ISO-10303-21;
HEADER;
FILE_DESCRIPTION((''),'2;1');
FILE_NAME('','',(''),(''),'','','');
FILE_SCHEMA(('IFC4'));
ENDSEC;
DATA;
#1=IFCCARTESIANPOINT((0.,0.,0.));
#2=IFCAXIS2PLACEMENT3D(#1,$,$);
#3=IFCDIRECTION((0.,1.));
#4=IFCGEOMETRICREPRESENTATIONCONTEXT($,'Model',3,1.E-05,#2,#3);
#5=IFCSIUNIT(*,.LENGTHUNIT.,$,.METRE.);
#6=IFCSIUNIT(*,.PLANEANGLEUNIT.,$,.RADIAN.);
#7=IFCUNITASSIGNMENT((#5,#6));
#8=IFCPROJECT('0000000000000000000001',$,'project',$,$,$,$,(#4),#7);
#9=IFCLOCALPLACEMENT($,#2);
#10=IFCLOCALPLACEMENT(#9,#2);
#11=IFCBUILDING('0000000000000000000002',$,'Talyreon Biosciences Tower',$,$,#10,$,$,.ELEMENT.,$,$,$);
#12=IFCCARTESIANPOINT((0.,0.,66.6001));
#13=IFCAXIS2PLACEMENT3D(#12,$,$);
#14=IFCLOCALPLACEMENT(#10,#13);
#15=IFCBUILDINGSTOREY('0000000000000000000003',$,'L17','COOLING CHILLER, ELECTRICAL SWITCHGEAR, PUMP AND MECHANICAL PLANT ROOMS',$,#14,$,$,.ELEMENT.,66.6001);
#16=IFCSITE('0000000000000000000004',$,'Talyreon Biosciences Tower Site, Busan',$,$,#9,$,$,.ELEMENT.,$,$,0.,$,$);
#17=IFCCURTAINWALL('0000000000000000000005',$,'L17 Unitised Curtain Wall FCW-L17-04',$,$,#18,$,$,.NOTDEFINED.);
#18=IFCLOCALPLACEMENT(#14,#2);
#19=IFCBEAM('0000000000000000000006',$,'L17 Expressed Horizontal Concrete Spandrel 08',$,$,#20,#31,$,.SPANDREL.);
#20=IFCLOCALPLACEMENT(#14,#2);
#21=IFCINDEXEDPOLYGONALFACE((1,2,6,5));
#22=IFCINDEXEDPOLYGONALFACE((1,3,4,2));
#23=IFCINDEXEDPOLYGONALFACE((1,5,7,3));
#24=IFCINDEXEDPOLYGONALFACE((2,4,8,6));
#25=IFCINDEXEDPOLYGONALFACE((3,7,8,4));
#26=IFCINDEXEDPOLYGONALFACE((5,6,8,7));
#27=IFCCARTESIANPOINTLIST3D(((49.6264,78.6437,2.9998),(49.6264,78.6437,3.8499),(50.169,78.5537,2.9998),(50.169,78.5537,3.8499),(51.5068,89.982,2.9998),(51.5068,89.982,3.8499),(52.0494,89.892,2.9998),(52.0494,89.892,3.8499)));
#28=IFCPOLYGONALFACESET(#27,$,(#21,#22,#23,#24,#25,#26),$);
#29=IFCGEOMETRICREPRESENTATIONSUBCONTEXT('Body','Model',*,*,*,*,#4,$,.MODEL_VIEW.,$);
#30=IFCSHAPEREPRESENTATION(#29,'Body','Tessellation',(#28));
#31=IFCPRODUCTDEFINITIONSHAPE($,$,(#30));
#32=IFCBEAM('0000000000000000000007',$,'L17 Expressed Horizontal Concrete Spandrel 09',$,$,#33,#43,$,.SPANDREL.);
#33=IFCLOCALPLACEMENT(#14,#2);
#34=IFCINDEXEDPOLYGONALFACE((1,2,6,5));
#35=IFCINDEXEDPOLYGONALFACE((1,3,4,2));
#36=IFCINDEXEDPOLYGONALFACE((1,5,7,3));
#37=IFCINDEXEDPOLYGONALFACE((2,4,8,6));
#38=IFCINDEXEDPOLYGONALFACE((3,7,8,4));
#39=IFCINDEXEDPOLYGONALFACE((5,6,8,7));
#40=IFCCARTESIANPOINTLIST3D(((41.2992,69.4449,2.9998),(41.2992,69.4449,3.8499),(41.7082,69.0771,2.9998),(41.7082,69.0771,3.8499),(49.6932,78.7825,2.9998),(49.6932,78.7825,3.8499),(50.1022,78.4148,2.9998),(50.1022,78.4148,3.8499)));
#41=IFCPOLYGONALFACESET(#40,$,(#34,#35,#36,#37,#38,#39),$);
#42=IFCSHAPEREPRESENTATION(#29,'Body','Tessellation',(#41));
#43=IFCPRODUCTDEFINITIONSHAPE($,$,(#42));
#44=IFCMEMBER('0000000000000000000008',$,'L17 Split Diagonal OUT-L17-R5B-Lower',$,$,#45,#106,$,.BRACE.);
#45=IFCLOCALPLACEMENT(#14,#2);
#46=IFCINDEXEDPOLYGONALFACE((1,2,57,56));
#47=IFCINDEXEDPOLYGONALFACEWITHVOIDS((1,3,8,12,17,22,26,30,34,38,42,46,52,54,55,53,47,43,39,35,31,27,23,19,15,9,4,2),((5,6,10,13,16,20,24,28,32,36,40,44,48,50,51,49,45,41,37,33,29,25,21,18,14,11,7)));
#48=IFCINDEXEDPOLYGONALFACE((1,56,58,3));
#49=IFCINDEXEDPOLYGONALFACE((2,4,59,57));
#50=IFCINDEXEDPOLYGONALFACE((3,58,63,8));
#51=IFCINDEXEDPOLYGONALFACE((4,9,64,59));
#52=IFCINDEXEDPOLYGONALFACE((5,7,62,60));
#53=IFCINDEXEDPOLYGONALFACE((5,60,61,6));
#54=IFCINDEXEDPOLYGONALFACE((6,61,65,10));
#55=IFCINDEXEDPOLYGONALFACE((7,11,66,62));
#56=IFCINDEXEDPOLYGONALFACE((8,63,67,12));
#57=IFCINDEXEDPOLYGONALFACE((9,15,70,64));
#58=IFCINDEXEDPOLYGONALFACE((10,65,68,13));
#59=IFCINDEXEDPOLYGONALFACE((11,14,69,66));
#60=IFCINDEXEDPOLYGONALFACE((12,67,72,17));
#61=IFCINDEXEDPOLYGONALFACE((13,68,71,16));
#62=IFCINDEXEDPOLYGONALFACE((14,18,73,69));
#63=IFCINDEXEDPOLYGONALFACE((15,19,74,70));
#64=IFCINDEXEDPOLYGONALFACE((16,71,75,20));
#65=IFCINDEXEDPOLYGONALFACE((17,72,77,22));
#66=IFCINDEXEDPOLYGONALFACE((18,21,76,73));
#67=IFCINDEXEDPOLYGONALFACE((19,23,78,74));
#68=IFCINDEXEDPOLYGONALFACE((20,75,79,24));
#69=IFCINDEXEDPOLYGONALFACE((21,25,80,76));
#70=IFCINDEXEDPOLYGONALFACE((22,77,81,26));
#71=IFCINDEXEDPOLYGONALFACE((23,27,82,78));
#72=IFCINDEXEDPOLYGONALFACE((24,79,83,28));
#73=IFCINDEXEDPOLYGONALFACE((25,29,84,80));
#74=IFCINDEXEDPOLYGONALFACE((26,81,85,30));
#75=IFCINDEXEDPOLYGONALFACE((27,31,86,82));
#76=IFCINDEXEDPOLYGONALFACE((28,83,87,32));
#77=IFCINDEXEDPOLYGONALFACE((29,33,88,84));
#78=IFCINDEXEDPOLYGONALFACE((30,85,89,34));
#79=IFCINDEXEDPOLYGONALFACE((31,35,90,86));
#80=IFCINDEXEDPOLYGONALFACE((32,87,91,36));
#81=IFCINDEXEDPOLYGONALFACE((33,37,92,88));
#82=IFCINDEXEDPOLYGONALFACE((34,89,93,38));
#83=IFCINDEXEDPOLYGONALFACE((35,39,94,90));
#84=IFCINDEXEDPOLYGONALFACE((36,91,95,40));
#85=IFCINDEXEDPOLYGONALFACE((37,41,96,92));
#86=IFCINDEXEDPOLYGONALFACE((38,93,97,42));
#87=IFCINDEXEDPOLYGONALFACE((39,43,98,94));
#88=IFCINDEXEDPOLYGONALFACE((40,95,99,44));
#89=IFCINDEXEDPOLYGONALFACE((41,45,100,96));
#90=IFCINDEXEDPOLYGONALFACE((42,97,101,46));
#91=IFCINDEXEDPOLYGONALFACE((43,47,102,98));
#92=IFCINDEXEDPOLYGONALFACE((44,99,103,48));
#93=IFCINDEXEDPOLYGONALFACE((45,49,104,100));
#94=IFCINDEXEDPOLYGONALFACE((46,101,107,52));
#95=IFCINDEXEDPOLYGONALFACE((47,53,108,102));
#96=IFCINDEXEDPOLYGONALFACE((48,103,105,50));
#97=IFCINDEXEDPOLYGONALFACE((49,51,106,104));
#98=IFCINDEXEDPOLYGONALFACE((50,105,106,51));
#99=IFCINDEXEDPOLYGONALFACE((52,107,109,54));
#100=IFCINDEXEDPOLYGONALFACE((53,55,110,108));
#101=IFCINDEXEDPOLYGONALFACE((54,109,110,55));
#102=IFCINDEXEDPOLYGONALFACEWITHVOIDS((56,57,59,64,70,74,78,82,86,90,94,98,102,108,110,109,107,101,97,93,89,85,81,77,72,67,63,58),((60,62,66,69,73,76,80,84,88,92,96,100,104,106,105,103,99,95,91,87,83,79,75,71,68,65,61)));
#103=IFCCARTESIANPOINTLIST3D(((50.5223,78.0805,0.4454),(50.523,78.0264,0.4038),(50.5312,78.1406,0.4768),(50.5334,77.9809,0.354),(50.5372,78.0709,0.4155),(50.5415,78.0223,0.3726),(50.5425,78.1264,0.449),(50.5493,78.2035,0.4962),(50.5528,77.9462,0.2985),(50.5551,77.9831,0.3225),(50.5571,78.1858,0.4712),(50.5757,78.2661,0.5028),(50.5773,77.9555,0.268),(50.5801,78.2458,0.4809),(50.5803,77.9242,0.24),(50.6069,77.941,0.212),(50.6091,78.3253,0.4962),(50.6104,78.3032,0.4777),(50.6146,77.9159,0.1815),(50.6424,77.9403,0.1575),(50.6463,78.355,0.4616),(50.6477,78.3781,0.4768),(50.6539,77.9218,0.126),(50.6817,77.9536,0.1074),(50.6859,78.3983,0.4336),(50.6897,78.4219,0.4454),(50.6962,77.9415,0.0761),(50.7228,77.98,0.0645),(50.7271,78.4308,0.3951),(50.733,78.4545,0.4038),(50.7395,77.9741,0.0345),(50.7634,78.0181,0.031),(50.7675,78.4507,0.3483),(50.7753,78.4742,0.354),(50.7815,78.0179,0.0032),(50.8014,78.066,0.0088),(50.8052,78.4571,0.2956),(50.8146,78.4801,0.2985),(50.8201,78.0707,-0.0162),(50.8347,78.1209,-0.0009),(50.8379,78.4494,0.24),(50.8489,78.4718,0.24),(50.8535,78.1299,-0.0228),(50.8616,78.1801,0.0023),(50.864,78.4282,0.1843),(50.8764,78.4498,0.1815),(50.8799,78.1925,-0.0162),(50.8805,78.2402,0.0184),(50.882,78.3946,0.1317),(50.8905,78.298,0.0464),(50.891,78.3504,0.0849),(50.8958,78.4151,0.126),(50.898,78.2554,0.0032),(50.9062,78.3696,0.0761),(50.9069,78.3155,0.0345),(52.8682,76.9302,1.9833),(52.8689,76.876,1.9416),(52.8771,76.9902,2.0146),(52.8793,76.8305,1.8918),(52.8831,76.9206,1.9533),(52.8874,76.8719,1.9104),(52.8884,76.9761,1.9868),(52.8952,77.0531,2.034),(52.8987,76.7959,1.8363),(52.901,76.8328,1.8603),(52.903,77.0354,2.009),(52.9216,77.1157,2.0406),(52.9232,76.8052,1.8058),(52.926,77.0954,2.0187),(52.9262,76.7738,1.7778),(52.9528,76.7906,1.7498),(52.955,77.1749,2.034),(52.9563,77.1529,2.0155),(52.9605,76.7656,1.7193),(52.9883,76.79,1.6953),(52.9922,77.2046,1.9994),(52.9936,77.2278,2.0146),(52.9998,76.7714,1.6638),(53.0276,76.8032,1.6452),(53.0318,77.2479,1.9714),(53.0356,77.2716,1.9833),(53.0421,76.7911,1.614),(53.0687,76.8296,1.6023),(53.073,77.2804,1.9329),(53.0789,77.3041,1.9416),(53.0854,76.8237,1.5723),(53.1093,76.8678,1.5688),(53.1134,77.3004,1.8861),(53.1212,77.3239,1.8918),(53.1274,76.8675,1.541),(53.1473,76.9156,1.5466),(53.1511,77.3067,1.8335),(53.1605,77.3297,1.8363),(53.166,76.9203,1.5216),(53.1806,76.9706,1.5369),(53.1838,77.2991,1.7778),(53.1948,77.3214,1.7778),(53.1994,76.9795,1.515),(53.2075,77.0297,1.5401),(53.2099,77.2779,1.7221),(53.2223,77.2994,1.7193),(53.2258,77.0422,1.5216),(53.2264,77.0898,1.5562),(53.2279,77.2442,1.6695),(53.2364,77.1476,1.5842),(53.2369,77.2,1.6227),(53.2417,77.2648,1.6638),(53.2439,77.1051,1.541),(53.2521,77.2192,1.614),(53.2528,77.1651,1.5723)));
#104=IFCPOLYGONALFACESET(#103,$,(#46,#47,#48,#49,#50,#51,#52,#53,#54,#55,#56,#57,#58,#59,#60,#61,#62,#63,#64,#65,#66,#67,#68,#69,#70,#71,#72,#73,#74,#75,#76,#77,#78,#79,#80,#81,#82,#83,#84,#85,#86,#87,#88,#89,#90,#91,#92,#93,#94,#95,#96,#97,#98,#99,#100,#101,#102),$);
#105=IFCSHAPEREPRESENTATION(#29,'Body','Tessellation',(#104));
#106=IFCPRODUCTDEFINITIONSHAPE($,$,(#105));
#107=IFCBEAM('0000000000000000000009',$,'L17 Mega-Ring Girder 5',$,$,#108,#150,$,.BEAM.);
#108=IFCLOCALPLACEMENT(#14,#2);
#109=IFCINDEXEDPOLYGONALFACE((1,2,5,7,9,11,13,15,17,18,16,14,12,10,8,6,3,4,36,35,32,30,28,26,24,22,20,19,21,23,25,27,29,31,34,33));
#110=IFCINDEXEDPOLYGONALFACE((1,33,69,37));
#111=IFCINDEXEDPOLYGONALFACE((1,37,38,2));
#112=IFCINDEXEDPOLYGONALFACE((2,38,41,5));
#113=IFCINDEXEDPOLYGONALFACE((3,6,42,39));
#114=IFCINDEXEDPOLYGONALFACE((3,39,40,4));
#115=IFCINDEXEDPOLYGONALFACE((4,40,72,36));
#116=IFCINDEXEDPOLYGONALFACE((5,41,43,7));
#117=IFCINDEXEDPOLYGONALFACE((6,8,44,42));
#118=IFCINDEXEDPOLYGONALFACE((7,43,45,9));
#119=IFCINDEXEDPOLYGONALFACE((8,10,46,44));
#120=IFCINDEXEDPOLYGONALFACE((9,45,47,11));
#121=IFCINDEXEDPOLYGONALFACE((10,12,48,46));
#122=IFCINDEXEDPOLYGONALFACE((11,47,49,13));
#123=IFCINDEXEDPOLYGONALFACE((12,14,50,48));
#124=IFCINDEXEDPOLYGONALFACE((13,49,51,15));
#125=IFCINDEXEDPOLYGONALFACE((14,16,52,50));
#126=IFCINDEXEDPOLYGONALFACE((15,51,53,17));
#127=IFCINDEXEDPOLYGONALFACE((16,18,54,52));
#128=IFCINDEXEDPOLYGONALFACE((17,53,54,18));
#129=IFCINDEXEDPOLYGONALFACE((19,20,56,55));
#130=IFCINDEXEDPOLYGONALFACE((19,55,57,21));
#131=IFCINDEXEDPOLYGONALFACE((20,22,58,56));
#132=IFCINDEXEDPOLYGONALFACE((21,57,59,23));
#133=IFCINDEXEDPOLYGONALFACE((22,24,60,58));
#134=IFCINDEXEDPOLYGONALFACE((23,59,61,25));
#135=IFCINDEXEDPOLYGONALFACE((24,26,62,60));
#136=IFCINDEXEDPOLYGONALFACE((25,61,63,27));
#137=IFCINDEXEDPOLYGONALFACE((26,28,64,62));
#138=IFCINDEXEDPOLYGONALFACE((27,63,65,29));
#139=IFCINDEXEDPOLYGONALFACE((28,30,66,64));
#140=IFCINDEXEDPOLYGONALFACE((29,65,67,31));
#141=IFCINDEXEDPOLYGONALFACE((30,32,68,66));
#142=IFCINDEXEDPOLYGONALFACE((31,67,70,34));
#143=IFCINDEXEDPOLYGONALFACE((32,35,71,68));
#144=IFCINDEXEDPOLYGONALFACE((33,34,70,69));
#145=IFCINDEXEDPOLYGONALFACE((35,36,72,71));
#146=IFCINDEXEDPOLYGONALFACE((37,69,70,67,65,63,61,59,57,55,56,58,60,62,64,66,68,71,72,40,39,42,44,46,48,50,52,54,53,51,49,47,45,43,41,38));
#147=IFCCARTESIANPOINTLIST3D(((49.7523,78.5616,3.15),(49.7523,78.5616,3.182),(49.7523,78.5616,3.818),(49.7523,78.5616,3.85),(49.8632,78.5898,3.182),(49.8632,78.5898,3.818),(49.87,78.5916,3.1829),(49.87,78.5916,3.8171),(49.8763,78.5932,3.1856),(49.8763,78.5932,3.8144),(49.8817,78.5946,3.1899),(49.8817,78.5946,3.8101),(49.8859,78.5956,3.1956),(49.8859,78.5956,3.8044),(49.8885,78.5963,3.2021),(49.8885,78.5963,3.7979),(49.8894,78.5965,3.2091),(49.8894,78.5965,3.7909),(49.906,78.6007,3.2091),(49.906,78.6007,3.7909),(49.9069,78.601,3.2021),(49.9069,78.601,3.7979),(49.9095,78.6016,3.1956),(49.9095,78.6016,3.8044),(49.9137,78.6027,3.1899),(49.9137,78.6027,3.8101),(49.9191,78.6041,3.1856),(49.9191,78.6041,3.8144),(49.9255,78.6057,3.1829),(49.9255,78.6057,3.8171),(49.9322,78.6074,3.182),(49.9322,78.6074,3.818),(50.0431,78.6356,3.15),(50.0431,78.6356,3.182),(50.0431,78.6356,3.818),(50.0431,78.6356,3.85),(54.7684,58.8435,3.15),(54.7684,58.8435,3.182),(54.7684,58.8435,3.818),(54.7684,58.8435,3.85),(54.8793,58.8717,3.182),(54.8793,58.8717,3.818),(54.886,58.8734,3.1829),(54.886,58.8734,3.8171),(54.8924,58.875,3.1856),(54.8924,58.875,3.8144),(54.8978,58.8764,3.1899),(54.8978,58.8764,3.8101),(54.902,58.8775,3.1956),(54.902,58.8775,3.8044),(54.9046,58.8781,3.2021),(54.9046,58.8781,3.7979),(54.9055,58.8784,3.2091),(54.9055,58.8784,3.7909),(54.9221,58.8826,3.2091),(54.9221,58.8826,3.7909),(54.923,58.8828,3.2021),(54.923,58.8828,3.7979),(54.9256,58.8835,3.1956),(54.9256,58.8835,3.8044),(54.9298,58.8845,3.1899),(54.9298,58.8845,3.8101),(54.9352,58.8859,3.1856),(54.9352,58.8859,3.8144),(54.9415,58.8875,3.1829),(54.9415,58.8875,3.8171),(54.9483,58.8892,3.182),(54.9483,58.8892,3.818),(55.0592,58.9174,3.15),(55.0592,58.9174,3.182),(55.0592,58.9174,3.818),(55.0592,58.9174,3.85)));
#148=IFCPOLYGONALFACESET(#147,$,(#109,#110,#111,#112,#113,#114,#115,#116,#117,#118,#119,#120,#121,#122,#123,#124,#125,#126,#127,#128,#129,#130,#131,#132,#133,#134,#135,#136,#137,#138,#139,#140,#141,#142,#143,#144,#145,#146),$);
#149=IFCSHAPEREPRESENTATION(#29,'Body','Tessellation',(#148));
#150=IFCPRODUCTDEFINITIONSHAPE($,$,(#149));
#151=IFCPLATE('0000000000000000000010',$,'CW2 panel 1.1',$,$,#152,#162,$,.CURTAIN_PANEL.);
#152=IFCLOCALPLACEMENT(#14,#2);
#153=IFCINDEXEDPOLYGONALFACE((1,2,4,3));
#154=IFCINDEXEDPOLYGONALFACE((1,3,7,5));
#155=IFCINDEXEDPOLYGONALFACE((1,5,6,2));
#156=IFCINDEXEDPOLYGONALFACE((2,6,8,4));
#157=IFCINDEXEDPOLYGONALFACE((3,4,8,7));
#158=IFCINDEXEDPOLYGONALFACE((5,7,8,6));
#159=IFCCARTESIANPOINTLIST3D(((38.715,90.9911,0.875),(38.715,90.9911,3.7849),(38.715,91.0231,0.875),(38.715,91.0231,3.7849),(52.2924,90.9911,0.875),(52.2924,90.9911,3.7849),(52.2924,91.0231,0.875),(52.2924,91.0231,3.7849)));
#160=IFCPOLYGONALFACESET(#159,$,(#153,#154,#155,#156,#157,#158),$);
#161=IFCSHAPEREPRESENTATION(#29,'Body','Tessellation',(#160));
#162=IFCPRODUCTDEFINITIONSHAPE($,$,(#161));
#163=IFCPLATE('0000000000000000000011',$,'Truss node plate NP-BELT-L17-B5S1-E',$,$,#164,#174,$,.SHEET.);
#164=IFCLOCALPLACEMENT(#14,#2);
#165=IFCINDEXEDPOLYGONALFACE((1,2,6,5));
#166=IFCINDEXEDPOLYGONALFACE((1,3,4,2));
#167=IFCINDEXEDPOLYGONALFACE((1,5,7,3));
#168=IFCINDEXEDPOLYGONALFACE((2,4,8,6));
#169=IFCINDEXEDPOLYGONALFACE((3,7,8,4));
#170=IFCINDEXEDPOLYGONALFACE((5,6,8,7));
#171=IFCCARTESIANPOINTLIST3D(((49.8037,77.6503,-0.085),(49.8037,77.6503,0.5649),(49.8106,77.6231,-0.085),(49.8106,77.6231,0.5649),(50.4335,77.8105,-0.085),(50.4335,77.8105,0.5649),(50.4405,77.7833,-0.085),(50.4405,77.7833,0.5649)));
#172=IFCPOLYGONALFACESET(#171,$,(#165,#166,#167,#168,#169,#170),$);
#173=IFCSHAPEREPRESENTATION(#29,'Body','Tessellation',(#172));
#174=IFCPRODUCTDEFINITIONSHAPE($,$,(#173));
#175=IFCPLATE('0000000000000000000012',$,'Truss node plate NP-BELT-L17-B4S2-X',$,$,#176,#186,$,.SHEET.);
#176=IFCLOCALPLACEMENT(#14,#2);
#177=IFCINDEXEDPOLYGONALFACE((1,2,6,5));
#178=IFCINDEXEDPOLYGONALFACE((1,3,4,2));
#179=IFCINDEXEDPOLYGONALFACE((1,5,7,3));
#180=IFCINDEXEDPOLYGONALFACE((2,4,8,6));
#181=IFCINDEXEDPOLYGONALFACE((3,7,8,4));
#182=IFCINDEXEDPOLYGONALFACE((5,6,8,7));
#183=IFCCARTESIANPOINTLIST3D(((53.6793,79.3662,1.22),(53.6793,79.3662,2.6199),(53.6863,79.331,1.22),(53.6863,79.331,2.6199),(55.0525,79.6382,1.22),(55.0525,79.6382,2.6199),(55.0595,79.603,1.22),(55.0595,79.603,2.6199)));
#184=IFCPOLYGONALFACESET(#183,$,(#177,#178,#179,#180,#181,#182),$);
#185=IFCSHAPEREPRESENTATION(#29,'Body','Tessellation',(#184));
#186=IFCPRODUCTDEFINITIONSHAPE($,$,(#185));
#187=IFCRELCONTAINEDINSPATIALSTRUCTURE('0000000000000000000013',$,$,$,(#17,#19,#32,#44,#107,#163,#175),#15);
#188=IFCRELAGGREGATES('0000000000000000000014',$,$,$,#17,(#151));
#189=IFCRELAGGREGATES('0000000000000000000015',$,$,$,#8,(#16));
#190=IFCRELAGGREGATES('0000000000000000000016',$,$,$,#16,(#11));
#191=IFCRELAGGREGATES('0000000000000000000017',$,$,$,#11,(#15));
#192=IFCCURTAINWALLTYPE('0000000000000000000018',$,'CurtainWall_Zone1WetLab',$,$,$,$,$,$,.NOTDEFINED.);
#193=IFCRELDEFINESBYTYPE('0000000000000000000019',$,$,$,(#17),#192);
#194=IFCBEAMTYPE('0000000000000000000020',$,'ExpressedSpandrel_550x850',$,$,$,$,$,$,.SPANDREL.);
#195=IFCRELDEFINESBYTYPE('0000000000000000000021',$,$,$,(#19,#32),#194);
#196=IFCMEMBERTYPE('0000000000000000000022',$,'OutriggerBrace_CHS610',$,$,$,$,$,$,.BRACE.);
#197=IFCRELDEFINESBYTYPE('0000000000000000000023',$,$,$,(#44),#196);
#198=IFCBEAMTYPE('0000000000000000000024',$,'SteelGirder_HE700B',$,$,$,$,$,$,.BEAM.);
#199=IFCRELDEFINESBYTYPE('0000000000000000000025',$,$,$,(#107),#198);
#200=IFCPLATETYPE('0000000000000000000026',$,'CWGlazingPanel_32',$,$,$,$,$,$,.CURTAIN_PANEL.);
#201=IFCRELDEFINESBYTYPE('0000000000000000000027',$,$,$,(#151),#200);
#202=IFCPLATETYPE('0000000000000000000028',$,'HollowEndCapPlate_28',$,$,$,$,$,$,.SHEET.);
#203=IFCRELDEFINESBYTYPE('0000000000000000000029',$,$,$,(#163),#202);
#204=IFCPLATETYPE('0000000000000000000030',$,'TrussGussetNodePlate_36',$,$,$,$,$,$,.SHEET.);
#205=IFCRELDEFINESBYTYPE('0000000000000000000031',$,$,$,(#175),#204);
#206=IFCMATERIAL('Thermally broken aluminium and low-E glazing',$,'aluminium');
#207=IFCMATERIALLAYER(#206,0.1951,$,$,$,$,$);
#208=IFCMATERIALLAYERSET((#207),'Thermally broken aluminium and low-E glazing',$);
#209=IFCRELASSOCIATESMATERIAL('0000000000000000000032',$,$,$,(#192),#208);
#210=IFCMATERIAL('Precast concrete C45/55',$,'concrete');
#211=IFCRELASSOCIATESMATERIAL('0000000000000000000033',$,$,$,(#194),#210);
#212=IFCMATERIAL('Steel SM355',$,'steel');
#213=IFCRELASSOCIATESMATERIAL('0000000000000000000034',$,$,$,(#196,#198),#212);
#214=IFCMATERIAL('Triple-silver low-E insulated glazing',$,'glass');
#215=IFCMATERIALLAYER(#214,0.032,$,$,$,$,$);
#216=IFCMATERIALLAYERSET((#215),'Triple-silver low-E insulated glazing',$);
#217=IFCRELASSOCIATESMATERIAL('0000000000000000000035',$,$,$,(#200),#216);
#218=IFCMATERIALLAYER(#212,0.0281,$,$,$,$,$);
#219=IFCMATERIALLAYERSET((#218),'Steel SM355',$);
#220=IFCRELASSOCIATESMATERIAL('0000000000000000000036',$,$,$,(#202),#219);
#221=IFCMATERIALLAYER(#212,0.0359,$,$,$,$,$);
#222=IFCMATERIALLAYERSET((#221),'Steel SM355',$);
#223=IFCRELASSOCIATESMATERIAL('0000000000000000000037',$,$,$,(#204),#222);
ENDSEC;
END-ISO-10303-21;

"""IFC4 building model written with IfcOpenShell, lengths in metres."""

from ifc_helpers import new_model, si_unit, direction, frame, origin, origin_2d, place, context, subcontext, project, spatial, rectangle, hollow_circle, i_section, extrude, material, layer, layer_set, material_profile, profile_set, type_object, element, aggregate, save


model = new_model("IFC4")

# Units and contexts
model_context = context("Model", 3, precision=1e-05, world=origin(), true_north=direction((0.0, 1.0)))
body_context = subcontext(model_context, "Body", "Model", "MODEL_VIEW")
ifc_project = project(units=[si_unit("LENGTHUNIT", "METRE"), si_unit("PLANEANGLEUNIT", "RADIAN")], contexts=[model_context])

# Site, building, storey
site_placement = place(None, origin())
site = spatial("IfcSite", under=ifc_project, at=site_placement, Name="Talyreon Biosciences Tower Site, Busan", CompositionType="ELEMENT", RefElevation=0.0)
building_placement = place(site_placement, origin())
building = spatial("IfcBuilding", under=site, at=building_placement, Name="Talyreon Biosciences Tower", CompositionType="ELEMENT")
storey_placement = place(building_placement, frame((0.0, 0.0, 66.6001)))
storey = spatial("IfcBuildingStorey", under=building, at=storey_placement, Name="L17", Description="COOLING CHILLER, ELECTRICAL SWITCHGEAR, PUMP AND MECHANICAL PLANT ROOMS", CompositionType="ELEMENT", Elevation=66.6001)

# Shared definitions
ifc_material_1 = material(Name="Steel SM355", Category="steel")

# Shared definitions
ifc_material_2 = material(Name="Thermally broken aluminium and low-E glazing", Category="aluminium")
ifc_layer_1 = layer(ifc_material_2, 0.1951)
ifc_layer_set_1 = layer_set([ifc_layer_1], Name="Thermally broken aluminium and low-E glazing")
curtain_wall_type = type_object("IfcCurtainWallType", Name="CurtainWall_Zone1WetLab", PredefinedType="NOTDEFINED", material=ifc_layer_set_1)

# Curtain wall
curtain_wall_1_placement = place(storey_placement, origin())
curtain_wall_1 = element("IfcCurtainWall", 1, at=curtain_wall_1_placement, inside=storey, type_object=curtain_wall_type, Name="L17 Unitised Curtain Wall FCW-L17-04", PredefinedType="NOTDEFINED")

# Beams
ifc_material_3 = material(Name="Precast concrete C45/55", Category="concrete")
ifc_material_profile_1 = material_profile(ifc_material_3, rectangle(XDim=0.55, YDim=0.8501, at=origin_2d()), Name="RCB 550x850")
ifc_profile_set_1 = profile_set([ifc_material_profile_1], Name="Precast concrete C45/55")
beam_type_1 = type_object("IfcBeamType", Name="ExpressedSpandrel_550x850", PredefinedType="SPANDREL", material=ifc_profile_set_1)
beam_1_placement = place(storey_placement, frame((51.7781, 89.937, 3.4248), z_axis=(-0.163607, -0.986526, 0.0), x_axis=(0.986526, -0.163607, 0.0)))
element("IfcBeam", 2, at=beam_1_placement, inside=storey, type_object=beam_type_1, Name="L17 Expressed Horizontal Concrete Spandrel 08", PredefinedType="SPANDREL", context=body_context, shape_type="SweptSolid", body=[
    extrude(rectangle(XDim=0.55, YDim=0.8501, at=origin_2d()), origin(), (0.0, 0.0, 1.0), 11.4932),
])
beam_2_placement = place(storey_placement, frame((49.8977, 78.5986, 3.4248), z_axis=(-0.668532, -0.743684, 0.0), x_axis=(0.743684, -0.668532, 0.0)))
element("IfcBeam", 3, at=beam_2_placement, inside=storey, type_object=beam_type_1, Name="L17 Expressed Horizontal Concrete Spandrel 09", PredefinedType="SPANDREL", context=body_context, shape_type="SweptSolid", body=[
    extrude(rectangle(XDim=0.55, YDim=0.8501, at=origin_2d()), origin(), (0.0, 0.0, 1.0), 12.5559),
])

# Member
ifc_material_profile_2 = material_profile(ifc_material_1, hollow_circle(Radius=0.3049, WallThickness=0.0249, at=origin_2d()), Name="CHS 610x25")
ifc_profile_set_2 = profile_set([ifc_material_profile_2], Name="Steel SM355")
member_type_1 = type_object("IfcMemberType", Name="OutriggerBrace_CHS610", PredefinedType="BRACE", material=ifc_profile_set_2)
member_1_placement = place(storey_placement, frame((50.7146, 78.198, 0.24), z_axis=(0.77378, -0.379441, 0.507237), x_axis=(0.440286, 0.897858, 0.0)))
element("IfcMember", 4, at=member_1_placement, inside=storey, type_object=member_type_1, Name="L17 Split Diagonal OUT-L17-R5B-Lower", PredefinedType="BRACE", context=body_context, shape_type="SweptSolid", body=[
    extrude(hollow_circle(Radius=0.3049, WallThickness=0.0249, at=origin_2d()), origin(), (0.0, 0.0, 1.0), 3.0317),
])

# Beam
ifc_material_profile_3 = material_profile(ifc_material_1, i_section(OverallWidth=0.3, OverallDepth=0.7, WebThickness=0.0171, FlangeThickness=0.032, FilletRadius=0.0271, at=origin_2d()), Name="HE700B")
ifc_profile_set_3 = profile_set([ifc_material_profile_3], Name="Steel SM355")
beam_type_2 = type_object("IfcBeamType", Name="SteelGirder_HE700B", PredefinedType="BEAM", material=ifc_profile_set_3)
beam_3_placement = place(storey_placement, frame((49.8977, 78.5986, 3.5), z_axis=(0.246537, -0.969133, 0.0), x_axis=(0.969133, 0.246537, 0.0)))
element("IfcBeam", 5, at=beam_3_placement, inside=storey, type_object=beam_type_2, Name="L17 Mega-Ring Girder 5", PredefinedType="BEAM", context=body_context, shape_type="SweptSolid", body=[
    extrude(i_section(OverallWidth=0.3, OverallDepth=0.7, WebThickness=0.0171, FlangeThickness=0.032, FilletRadius=0.0271, at=origin_2d()), origin(), (0.0, 0.0, 1.0), 20.3462),
])

# Plate
ifc_material_4 = material(Name="Triple-silver low-E insulated glazing", Category="glass")
ifc_layer_2 = layer(ifc_material_4, 0.032)
ifc_layer_set_2 = layer_set([ifc_layer_2], Name="Triple-silver low-E insulated glazing")
plate_type_1 = type_object("IfcPlateType", Name="CWGlazingPanel_32", PredefinedType="CURTAIN_PANEL", material=ifc_layer_set_2)
plate_1_placement = place(storey_placement, frame((45.5037, 91.0071, 0.875), z_axis=(0.0, 0.0, 1.0), x_axis=(1.0, 0.0, 0.0)))
plate_1 = element("IfcPlate", 6, at=plate_1_placement, type_object=plate_type_1, Name="CW2 panel 1.1", PredefinedType="CURTAIN_PANEL", context=body_context, shape_type="SweptSolid", body=[
    extrude(rectangle(XDim=13.5774, YDim=0.032, at=origin_2d()), origin(), (0.0, 0.0, 1.0), 2.9099),
])
aggregate(curtain_wall_1, [plate_1])

# Plates
ifc_layer_3 = layer(ifc_material_1, 0.0281)
ifc_layer_set_3 = layer_set([ifc_layer_3], Name="Steel SM355")
plate_type_2 = type_object("IfcPlateType", Name="HollowEndCapPlate_28", PredefinedType="SHEET", material=ifc_layer_set_3)
plate_2_placement = place(storey_placement, frame((50.1221, 77.7168, -0.085), z_axis=(0.0, 0.0, 1.0), x_axis=(0.969132, 0.246542, 0.0)))
element("IfcPlate", 7, at=plate_2_placement, inside=storey, type_object=plate_type_2, Name="Truss node plate NP-BELT-L17-B5S1-E", PredefinedType="SHEET", context=body_context, shape_type="SweptSolid", body=[
    extrude(rectangle(XDim=0.6499, YDim=0.0281, at=origin_2d()), origin(), (0.0, 0.0, 1.0), 0.6499),
])
ifc_layer_4 = layer(ifc_material_1, 0.0359)
ifc_layer_set_4 = layer_set([ifc_layer_4], Name="Steel SM355")
plate_type_3 = type_object("IfcPlateType", Name="TrussGussetNodePlate_36", PredefinedType="SHEET", material=ifc_layer_set_4)
plate_3_placement = place(storey_placement, frame((54.3694, 79.4846, 1.22), z_axis=(0.0, 0.0, 1.0), x_axis=(-0.980935, -0.194337, 0.0)))
element("IfcPlate", 8, at=plate_3_placement, inside=storey, type_object=plate_type_3, Name="Truss node plate NP-BELT-L17-B4S2-X", PredefinedType="SHEET", context=body_context, shape_type="SweptSolid", body=[
    extrude(rectangle(XDim=1.3999, YDim=0.0359, at=origin_2d()), origin(), (0.0, 0.0, 1.0), 1.3999),
])

save(model, "model.ifc")
